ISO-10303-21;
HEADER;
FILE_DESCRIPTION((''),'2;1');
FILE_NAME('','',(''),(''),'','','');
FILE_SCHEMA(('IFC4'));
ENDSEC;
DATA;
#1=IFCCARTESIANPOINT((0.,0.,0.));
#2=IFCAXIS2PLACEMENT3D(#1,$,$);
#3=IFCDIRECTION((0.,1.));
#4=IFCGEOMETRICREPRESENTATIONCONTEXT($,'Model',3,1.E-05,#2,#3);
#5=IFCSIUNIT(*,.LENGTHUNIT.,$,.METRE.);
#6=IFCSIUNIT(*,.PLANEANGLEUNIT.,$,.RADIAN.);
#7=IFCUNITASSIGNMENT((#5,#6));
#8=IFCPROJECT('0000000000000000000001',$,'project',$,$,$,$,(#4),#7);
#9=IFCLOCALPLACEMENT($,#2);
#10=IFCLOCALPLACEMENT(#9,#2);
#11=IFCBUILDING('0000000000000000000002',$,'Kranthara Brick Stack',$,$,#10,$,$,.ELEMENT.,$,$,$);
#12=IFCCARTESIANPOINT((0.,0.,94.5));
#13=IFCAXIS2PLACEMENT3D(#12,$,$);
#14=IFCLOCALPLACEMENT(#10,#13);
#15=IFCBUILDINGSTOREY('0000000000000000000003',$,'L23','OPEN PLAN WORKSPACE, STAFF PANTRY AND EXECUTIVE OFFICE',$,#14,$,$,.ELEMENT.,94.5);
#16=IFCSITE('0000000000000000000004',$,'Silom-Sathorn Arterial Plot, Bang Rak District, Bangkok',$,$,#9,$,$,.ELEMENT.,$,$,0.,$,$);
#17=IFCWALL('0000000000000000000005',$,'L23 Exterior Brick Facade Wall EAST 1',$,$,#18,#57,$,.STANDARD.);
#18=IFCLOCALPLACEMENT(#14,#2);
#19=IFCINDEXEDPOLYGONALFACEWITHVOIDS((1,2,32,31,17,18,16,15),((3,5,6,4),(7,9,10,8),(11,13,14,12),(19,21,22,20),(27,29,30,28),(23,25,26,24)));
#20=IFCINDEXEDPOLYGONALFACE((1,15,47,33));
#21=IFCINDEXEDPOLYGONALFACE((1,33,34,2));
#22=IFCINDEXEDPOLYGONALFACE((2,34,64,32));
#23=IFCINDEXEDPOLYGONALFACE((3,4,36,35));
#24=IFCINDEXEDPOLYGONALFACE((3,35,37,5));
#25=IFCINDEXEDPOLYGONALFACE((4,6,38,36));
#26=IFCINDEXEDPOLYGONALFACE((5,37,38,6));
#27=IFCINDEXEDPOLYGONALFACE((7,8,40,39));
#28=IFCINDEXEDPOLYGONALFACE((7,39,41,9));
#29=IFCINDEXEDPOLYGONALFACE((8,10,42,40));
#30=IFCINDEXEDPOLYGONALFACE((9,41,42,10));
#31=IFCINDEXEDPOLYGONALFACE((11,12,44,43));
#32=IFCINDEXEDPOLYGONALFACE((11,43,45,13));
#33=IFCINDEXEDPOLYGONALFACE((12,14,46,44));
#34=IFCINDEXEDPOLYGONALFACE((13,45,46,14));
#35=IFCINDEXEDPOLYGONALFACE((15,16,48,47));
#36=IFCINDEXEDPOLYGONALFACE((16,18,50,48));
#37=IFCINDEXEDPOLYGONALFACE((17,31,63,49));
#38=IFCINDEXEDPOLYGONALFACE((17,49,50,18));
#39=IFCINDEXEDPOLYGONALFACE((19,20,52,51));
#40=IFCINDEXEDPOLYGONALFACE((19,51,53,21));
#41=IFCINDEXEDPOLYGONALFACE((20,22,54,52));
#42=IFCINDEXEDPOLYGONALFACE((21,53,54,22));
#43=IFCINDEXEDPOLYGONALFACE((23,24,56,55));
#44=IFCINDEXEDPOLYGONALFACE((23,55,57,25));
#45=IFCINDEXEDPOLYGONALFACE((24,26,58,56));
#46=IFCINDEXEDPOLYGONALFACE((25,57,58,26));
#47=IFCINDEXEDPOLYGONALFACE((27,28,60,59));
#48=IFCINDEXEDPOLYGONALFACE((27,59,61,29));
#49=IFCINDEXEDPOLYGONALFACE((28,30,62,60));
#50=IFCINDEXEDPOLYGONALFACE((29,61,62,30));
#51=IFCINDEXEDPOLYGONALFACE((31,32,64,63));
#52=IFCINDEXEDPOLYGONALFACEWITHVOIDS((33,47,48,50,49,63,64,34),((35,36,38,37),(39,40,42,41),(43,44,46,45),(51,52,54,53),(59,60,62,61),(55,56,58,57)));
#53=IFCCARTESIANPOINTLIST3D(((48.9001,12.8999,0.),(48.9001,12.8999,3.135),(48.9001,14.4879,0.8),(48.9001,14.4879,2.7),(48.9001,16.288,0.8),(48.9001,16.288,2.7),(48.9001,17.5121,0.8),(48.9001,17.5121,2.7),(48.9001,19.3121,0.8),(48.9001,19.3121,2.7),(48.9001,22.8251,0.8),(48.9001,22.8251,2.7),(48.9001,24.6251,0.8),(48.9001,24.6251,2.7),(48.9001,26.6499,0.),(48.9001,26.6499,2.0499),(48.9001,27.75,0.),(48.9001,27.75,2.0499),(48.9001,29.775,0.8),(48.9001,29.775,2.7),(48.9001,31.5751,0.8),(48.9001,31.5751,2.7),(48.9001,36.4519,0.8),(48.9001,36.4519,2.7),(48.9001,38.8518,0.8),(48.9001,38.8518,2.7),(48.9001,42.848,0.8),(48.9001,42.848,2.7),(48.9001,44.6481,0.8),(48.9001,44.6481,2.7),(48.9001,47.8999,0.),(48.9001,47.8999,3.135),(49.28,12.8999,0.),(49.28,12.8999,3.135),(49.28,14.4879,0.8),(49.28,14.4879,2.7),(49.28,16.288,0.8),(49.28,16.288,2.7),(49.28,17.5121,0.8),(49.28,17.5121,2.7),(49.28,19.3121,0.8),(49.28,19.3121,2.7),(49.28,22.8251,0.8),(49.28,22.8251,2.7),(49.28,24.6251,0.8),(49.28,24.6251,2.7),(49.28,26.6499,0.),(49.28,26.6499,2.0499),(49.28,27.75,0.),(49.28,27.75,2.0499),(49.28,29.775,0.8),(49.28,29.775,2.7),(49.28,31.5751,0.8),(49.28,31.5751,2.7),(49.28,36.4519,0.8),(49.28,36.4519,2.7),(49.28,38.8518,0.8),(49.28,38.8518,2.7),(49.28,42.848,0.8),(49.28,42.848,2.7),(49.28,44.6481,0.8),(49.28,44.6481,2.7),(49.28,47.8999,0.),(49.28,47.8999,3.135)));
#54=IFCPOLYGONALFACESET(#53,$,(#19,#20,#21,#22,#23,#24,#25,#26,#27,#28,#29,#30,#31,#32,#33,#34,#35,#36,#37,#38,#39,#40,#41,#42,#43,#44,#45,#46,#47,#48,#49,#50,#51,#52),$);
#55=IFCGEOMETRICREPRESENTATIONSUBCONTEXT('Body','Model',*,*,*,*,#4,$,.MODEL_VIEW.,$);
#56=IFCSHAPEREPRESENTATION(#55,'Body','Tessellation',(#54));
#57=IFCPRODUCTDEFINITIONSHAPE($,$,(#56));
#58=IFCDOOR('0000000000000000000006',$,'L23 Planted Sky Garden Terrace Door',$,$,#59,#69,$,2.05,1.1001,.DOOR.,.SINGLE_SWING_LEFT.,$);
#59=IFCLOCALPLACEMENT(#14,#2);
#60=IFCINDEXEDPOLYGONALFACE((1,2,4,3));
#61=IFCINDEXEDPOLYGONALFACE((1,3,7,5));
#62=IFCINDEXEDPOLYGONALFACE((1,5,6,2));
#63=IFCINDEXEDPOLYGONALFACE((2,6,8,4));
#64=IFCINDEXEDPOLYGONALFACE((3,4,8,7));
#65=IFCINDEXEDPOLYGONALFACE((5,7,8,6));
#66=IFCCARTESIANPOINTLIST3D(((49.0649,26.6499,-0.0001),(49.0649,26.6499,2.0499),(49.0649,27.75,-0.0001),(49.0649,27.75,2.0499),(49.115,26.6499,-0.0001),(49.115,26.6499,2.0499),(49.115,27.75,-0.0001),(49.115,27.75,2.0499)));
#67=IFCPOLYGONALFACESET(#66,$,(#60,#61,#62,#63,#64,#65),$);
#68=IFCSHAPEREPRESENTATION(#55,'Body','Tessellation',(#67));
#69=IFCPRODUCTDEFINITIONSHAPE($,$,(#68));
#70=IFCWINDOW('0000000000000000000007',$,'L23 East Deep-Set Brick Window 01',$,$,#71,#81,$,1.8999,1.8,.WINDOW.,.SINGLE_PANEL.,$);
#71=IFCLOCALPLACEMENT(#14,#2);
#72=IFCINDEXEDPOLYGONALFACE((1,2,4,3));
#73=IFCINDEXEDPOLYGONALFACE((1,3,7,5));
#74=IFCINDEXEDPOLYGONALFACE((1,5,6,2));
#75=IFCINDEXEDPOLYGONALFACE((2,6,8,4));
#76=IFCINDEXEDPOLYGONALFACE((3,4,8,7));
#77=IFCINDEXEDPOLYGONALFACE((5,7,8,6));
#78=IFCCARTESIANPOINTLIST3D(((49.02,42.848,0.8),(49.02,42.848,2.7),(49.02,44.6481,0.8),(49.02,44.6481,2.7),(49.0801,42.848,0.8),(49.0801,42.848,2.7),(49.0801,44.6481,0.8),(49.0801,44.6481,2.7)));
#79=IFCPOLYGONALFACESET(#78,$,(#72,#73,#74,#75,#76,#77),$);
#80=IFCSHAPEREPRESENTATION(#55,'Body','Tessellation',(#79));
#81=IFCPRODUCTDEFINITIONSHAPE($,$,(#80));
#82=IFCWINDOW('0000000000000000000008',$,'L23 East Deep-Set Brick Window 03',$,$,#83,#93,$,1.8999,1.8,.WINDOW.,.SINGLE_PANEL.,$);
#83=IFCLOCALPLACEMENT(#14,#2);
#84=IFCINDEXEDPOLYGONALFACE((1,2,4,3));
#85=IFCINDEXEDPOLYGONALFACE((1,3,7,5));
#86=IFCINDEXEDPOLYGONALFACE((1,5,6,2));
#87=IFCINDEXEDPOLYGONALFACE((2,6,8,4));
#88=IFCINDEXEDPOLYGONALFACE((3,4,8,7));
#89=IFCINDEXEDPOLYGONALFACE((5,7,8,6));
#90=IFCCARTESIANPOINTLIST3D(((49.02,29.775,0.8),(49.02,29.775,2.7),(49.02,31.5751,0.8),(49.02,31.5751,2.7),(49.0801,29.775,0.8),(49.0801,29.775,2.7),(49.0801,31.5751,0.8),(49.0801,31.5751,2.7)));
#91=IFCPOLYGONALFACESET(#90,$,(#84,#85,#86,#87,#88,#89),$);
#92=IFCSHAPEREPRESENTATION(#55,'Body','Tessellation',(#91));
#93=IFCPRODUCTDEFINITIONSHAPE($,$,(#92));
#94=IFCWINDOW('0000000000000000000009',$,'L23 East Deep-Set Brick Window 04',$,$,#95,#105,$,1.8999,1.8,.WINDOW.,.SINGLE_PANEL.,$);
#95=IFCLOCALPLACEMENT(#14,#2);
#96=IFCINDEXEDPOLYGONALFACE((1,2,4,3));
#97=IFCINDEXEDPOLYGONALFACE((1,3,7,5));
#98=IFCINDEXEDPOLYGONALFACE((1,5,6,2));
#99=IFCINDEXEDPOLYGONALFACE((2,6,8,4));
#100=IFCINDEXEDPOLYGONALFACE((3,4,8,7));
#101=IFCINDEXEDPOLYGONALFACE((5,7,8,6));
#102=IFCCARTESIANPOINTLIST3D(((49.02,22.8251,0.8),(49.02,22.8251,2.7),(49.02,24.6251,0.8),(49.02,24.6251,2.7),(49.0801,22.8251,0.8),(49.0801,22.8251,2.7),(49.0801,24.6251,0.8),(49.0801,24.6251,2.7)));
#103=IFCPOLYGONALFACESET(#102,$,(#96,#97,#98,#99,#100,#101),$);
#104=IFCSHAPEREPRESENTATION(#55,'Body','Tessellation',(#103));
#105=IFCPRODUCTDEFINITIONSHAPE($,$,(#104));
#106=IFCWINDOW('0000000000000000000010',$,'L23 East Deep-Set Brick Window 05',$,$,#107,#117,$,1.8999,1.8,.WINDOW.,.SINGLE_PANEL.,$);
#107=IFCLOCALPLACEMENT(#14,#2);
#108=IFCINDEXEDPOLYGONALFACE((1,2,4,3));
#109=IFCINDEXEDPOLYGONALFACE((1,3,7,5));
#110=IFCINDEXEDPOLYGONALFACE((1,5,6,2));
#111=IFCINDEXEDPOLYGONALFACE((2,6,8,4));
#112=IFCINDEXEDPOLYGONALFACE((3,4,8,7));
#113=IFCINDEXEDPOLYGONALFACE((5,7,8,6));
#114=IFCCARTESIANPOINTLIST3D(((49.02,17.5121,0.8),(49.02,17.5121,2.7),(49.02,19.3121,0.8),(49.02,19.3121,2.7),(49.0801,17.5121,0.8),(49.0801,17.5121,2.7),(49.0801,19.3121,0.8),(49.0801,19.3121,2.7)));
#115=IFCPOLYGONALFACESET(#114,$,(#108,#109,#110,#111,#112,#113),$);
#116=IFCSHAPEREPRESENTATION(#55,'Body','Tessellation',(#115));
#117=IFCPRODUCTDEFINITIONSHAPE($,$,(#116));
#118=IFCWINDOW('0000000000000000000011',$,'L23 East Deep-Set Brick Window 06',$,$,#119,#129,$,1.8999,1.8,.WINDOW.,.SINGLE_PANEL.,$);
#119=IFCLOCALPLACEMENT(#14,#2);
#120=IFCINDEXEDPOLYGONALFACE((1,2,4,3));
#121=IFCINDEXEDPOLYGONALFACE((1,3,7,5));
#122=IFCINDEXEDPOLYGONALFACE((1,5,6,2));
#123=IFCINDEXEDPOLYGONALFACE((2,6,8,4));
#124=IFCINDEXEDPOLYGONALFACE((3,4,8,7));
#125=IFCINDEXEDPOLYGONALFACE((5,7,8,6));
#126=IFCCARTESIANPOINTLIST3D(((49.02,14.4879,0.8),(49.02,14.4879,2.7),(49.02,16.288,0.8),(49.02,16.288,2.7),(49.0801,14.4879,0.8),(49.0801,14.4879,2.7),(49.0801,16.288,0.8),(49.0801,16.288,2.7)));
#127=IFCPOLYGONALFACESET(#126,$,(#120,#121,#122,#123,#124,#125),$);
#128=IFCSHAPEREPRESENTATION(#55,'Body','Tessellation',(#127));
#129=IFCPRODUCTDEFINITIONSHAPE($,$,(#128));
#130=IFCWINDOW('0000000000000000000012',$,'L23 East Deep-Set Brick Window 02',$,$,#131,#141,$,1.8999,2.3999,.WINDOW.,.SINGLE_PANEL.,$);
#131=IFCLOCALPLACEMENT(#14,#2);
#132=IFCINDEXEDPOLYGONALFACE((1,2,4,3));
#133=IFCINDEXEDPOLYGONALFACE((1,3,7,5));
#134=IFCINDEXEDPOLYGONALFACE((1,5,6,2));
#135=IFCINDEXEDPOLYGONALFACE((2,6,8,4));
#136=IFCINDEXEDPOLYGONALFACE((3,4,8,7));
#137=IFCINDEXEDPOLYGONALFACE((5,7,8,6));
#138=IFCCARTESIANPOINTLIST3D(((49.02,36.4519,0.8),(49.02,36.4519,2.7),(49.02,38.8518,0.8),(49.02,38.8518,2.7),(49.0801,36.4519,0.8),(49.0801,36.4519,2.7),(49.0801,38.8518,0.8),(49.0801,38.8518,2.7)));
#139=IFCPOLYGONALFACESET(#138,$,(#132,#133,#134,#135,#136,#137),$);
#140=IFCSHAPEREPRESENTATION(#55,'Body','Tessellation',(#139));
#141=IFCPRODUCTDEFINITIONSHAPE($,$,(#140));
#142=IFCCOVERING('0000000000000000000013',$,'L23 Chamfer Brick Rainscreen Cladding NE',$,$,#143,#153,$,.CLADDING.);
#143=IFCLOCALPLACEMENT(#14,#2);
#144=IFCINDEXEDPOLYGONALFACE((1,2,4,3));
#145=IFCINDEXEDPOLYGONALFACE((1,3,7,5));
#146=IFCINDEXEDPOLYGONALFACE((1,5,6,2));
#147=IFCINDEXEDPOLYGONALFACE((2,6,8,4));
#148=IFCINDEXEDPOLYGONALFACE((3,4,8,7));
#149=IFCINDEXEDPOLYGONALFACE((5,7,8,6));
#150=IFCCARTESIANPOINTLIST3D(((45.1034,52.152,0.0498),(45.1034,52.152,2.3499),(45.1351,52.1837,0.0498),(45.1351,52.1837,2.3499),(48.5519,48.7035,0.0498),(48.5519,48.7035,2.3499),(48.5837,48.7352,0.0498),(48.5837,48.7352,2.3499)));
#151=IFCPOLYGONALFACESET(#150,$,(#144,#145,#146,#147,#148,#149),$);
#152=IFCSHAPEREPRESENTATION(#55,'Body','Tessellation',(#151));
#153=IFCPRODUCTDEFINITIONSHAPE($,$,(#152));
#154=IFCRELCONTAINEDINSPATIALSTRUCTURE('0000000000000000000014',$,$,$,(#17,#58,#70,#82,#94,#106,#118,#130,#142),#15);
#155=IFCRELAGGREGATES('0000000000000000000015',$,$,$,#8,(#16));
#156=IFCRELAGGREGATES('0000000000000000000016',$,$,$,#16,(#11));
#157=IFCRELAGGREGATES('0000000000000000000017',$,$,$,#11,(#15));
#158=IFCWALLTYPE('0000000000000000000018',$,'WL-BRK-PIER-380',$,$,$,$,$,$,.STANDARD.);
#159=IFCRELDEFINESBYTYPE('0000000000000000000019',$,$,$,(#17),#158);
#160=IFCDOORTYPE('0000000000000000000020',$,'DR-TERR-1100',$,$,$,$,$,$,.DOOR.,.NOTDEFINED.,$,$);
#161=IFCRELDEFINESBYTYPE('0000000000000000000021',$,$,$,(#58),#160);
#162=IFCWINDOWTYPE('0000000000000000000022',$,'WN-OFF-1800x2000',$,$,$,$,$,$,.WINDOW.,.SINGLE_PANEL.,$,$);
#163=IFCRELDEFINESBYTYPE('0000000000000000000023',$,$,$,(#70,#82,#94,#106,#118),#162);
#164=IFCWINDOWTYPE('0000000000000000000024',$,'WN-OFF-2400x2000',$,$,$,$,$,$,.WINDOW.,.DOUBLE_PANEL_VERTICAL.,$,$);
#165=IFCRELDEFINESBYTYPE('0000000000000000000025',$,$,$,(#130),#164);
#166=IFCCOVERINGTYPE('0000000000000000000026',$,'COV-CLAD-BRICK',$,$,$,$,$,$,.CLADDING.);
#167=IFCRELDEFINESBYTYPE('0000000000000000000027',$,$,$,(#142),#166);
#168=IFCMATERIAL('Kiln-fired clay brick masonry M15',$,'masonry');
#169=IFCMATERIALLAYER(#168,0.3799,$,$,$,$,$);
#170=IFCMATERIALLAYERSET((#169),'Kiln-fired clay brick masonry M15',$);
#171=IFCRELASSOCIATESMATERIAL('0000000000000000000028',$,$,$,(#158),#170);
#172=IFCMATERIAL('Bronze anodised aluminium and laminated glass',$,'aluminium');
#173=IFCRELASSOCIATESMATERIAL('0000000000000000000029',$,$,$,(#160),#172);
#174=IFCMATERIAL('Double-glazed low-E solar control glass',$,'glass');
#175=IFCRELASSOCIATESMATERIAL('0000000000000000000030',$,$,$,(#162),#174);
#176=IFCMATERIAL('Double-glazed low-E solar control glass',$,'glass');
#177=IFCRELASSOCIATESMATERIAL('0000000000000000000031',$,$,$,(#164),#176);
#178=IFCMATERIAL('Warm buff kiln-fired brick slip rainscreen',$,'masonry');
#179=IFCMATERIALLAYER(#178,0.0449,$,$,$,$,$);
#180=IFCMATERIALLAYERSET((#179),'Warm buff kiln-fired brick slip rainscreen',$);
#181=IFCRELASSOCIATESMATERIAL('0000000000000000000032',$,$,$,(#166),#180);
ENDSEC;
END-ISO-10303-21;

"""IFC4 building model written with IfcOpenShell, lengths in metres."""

from ifc_helpers import new_model, si_unit, direction, frame, frame_2d, origin, origin_2d, place, context, subcontext, project, spatial, rectangle, extrude, material, layer, layer_set, type_object, element, fill, save


model = new_model("IFC4")

# Units and contexts
model_context = context("Model", 3, precision=1e-05, world=origin(), true_north=direction((0.0, 1.0)))
body_context = subcontext(model_context, "Body", "Model", "MODEL_VIEW")
ifc_project = project(units=[si_unit("LENGTHUNIT", "METRE"), si_unit("PLANEANGLEUNIT", "RADIAN")], contexts=[model_context])

# Site, building, storey
site_placement = place(None, origin())
site = spatial("IfcSite", under=ifc_project, at=site_placement, Name="Silom-Sathorn Arterial Plot, Bang Rak District, Bangkok", CompositionType="ELEMENT", RefElevation=0.0)
building_placement = place(site_placement, origin())
building = spatial("IfcBuilding", under=site, at=building_placement, Name="Kranthara Brick Stack", CompositionType="ELEMENT")
storey_placement = place(building_placement, frame((0.0, 0.0, 94.5)))
storey = spatial("IfcBuildingStorey", under=building, at=storey_placement, Name="L23", Description="OPEN PLAN WORKSPACE, STAFF PANTRY AND EXECUTIVE OFFICE", CompositionType="ELEMENT", Elevation=94.5)

# Shared definitions
ifc_material_1 = material(Name="Kiln-fired clay brick masonry M15", Category="masonry")
ifc_layer_1 = layer(ifc_material_1, 0.3799)
ifc_layer_set_1 = layer_set([ifc_layer_1], Name="Kiln-fired clay brick masonry M15")
wall_type = type_object("IfcWallType", Name="WL-BRK-PIER-380", PredefinedType="STANDARD", material=ifc_layer_set_1)

# Wall, openings, door, windows
wall_1_placement = place(storey_placement, frame((49.0901, 47.8999, 0.0), z_axis=(0.0, 0.0, 1.0), x_axis=(0.0, -1.0, 0.0)))
wall_1 = element("IfcWall", 1, at=wall_1_placement, inside=storey, type_object=wall_type, Name="L23 Exterior Brick Facade Wall EAST 1", PredefinedType="STANDARD", context=body_context, shape_type="SweptSolid", body=[
    extrude(rectangle(XDim=35.0, YDim=0.3799, at=frame_2d((17.5, 0.0))), origin(), (0.0, 0.0, 1.0), 3.135),
])
opening_1_placement = place(wall_1_placement, frame((20.1499, 0.0, 0.0)))
opening_1 = element("IfcOpeningElement", 2, at=opening_1_placement, cuts=wall_1, PredefinedType="OPENING", context=body_context, shape_type="SweptSolid", body=[
    extrude(rectangle(XDim=1.1001, YDim=2.05, at=frame_2d((0.55, 1.0249))), frame((0.0, 0.2, 0.0), z_axis=(0.0, -1.0, 0.0), x_axis=(1.0, 0.0, 0.0)), (0.0, 0.0, 1.0), 0.3999),
])
opening_2_placement = place(wall_1_placement, frame((3.252, 0.0, 0.8)))
opening_2 = element("IfcOpeningElement", 3, at=opening_2_placement, cuts=wall_1, PredefinedType="OPENING", context=body_context, shape_type="SweptSolid", body=[
    extrude(rectangle(XDim=1.8, YDim=1.8999, at=frame_2d((0.8999, 0.95))), frame((0.0, 0.2, 0.0), z_axis=(0.0, -1.0, 0.0), x_axis=(1.0, 0.0, 0.0)), (0.0, 0.0, 1.0), 0.3999),
])
opening_3_placement = place(wall_1_placement, frame((9.0481, 0.0, 0.8)))
opening_3 = element("IfcOpeningElement", 4, at=opening_3_placement, cuts=wall_1, PredefinedType="OPENING", context=body_context, shape_type="SweptSolid", body=[
    extrude(rectangle(XDim=2.3999, YDim=1.8999, at=frame_2d((1.2, 0.95))), frame((0.0, 0.2, 0.0), z_axis=(0.0, -1.0, 0.0), x_axis=(1.0, 0.0, 0.0)), (0.0, 0.0, 1.0), 0.3999),
])
opening_4_placement = place(wall_1_placement, frame((16.325, 0.0, 0.8)))
opening_4 = element("IfcOpeningElement", 5, at=opening_4_placement, cuts=wall_1, PredefinedType="OPENING", context=body_context, shape_type="SweptSolid", body=[
    extrude(rectangle(XDim=1.8, YDim=1.8999, at=frame_2d((0.8999, 0.95))), frame((0.0, 0.2, 0.0), z_axis=(0.0, -1.0, 0.0), x_axis=(1.0, 0.0, 0.0)), (0.0, 0.0, 1.0), 0.3999),
])
opening_5_placement = place(wall_1_placement, frame((23.2749, 0.0, 0.8)))
opening_5 = element("IfcOpeningElement", 6, at=opening_5_placement, cuts=wall_1, PredefinedType="OPENING", context=body_context, shape_type="SweptSolid", body=[
    extrude(rectangle(XDim=1.8, YDim=1.8999, at=frame_2d((0.8999, 0.95))), frame((0.0, 0.2, 0.0), z_axis=(0.0, -1.0, 0.0), x_axis=(1.0, 0.0, 0.0)), (0.0, 0.0, 1.0), 0.3999),
])
opening_6_placement = place(wall_1_placement, frame((28.5879, 0.0, 0.8)))
opening_6 = element("IfcOpeningElement", 7, at=opening_6_placement, cuts=wall_1, PredefinedType="OPENING", context=body_context, shape_type="SweptSolid", body=[
    extrude(rectangle(XDim=1.8, YDim=1.8999, at=frame_2d((0.8999, 0.95))), frame((0.0, 0.2, 0.0), z_axis=(0.0, -1.0, 0.0), x_axis=(1.0, 0.0, 0.0)), (0.0, 0.0, 1.0), 0.3999),
])
opening_7_placement = place(wall_1_placement, frame((31.6121, 0.0, 0.8)))
opening_7 = element("IfcOpeningElement", 8, at=opening_7_placement, cuts=wall_1, PredefinedType="OPENING", context=body_context, shape_type="SweptSolid", body=[
    extrude(rectangle(XDim=1.8, YDim=1.8999, at=frame_2d((0.8999, 0.95))), frame((0.0, 0.2, 0.0), z_axis=(0.0, -1.0, 0.0), x_axis=(1.0, 0.0, 0.0)), (0.0, 0.0, 1.0), 0.3999),
])
ifc_material_2 = material(Name="Bronze anodised aluminium and laminated glass", Category="aluminium")
door_type = type_object("IfcDoorType", Name="DR-TERR-1100", OperationType="NOTDEFINED", PredefinedType="DOOR", material=ifc_material_2)
door_placement = place(opening_1_placement, origin())
door = element("IfcDoor", 9, at=door_placement, inside=storey, type_object=door_type, Name="L23 Planted Sky Garden Terrace Door", OperationType="SINGLE_SWING_LEFT", OverallHeight=2.05, OverallWidth=1.1001, PredefinedType="DOOR", context=body_context, shape_type="SweptSolid", body=[
    extrude(rectangle(XDim=1.1001, YDim=2.05, at=frame_2d((0.55, 1.0249))), frame((0.0, 0.0249, 0.0), z_axis=(0.0, -1.0, 0.0), x_axis=(1.0, 0.0, 0.0)), (0.0, 0.0, 1.0), 0.05),
])
fill(opening_1, door)
ifc_material_3 = material(Name="Double-glazed low-E solar control glass", Category="glass")
window_type_1 = type_object("IfcWindowType", Name="WN-OFF-1800x2000", PartitioningType="SINGLE_PANEL", PredefinedType="WINDOW", material=ifc_material_3)
window_1_placement = place(opening_2_placement, origin())
window_1 = element("IfcWindow", 10, at=window_1_placement, inside=storey, type_object=window_type_1, Name="L23 East Deep-Set Brick Window 01", OverallHeight=1.8999, OverallWidth=1.8, PartitioningType="SINGLE_PANEL", PredefinedType="WINDOW", context=body_context, shape_type="SweptSolid", body=[
    extrude(rectangle(XDim=1.8, YDim=1.8999, at=frame_2d((0.8999, 0.95))), frame((0.0, -0.01, 0.0), z_axis=(0.0, -1.0, 0.0), x_axis=(1.0, 0.0, 0.0)), (0.0, 0.0, 1.0), 0.0601),
])
fill(opening_2, window_1)
window_2_placement = place(opening_4_placement, origin())
window_2 = element("IfcWindow", 11, at=window_2_placement, inside=storey, type_object=window_type_1, Name="L23 East Deep-Set Brick Window 03", OverallHeight=1.8999, OverallWidth=1.8, PartitioningType="SINGLE_PANEL", PredefinedType="WINDOW", context=body_context, shape_type="SweptSolid", body=[
    extrude(rectangle(XDim=1.8, YDim=1.8999, at=frame_2d((0.8999, 0.95))), frame((0.0, -0.01, 0.0), z_axis=(0.0, -1.0, 0.0), x_axis=(1.0, 0.0, 0.0)), (0.0, 0.0, 1.0), 0.0601),
])
fill(opening_4, window_2)
window_3_placement = place(opening_5_placement, origin())
window_3 = element("IfcWindow", 12, at=window_3_placement, inside=storey, type_object=window_type_1, Name="L23 East Deep-Set Brick Window 04", OverallHeight=1.8999, OverallWidth=1.8, PartitioningType="SINGLE_PANEL", PredefinedType="WINDOW", context=body_context, shape_type="SweptSolid", body=[
    extrude(rectangle(XDim=1.8, YDim=1.8999, at=frame_2d((0.8999, 0.95))), frame((0.0, -0.01, 0.0), z_axis=(0.0, -1.0, 0.0), x_axis=(1.0, 0.0, 0.0)), (0.0, 0.0, 1.0), 0.0601),
])
fill(opening_5, window_3)
window_4_placement = place(opening_6_placement, origin())
window_4 = element("IfcWindow", 13, at=window_4_placement, inside=storey, type_object=window_type_1, Name="L23 East Deep-Set Brick Window 05", OverallHeight=1.8999, OverallWidth=1.8, PartitioningType="SINGLE_PANEL", PredefinedType="WINDOW", context=body_context, shape_type="SweptSolid", body=[
    extrude(rectangle(XDim=1.8, YDim=1.8999, at=frame_2d((0.8999, 0.95))), frame((0.0, -0.01, 0.0), z_axis=(0.0, -1.0, 0.0), x_axis=(1.0, 0.0, 0.0)), (0.0, 0.0, 1.0), 0.0601),
])
fill(opening_6, window_4)
window_5_placement = place(opening_7_placement, origin())
window_5 = element("IfcWindow", 14, at=window_5_placement, inside=storey, type_object=window_type_1, Name="L23 East Deep-Set Brick Window 06", OverallHeight=1.8999, OverallWidth=1.8, PartitioningType="SINGLE_PANEL", PredefinedType="WINDOW", context=body_context, shape_type="SweptSolid", body=[
    extrude(rectangle(XDim=1.8, YDim=1.8999, at=frame_2d((0.8999, 0.95))), frame((0.0, -0.01, 0.0), z_axis=(0.0, -1.0, 0.0), x_axis=(1.0, 0.0, 0.0)), (0.0, 0.0, 1.0), 0.0601),
])
fill(opening_7, window_5)
ifc_material_4 = material(Name="Double-glazed low-E solar control glass", Category="glass")
window_type_2 = type_object("IfcWindowType", Name="WN-OFF-2400x2000", PartitioningType="DOUBLE_PANEL_VERTICAL", PredefinedType="WINDOW", material=ifc_material_4)
window_6_placement = place(opening_3_placement, origin())
window_6 = element("IfcWindow", 15, at=window_6_placement, inside=storey, type_object=window_type_2, Name="L23 East Deep-Set Brick Window 02", OverallHeight=1.8999, OverallWidth=2.3999, PartitioningType="SINGLE_PANEL", PredefinedType="WINDOW", context=body_context, shape_type="SweptSolid", body=[
    extrude(rectangle(XDim=2.3999, YDim=1.8999, at=frame_2d((1.2, 0.95))), frame((0.0, -0.01, 0.0), z_axis=(0.0, -1.0, 0.0), x_axis=(1.0, 0.0, 0.0)), (0.0, 0.0, 1.0), 0.0601),
])
fill(opening_3, window_6)

# Covering
ifc_material_5 = material(Name="Warm buff kiln-fired brick slip rainscreen", Category="masonry")
ifc_layer_2 = layer(ifc_material_5, 0.0449)
ifc_layer_set_2 = layer_set([ifc_layer_2], Name="Warm buff kiln-fired brick slip rainscreen")
covering_type = type_object("IfcCoveringType", Name="COV-CLAD-BRICK", PredefinedType="CLADDING", material=ifc_layer_set_2)
covering_placement = place(storey_placement, frame((46.8435, 50.4436, 0.0498), z_axis=(0.0, 0.0, 1.0), x_axis=(0.707107, -0.707107, 0.0)))
element("IfcCovering", 16, at=covering_placement, inside=storey, type_object=covering_type, Name="L23 Chamfer Brick Rainscreen Cladding NE", PredefinedType="CLADDING", context=body_context, shape_type="SweptSolid", body=[
    extrude(rectangle(XDim=4.877, YDim=0.0449, at=origin_2d()), origin(), (0.0, 0.0, 1.0), 2.3),
])

save(model, "model.ifc")
